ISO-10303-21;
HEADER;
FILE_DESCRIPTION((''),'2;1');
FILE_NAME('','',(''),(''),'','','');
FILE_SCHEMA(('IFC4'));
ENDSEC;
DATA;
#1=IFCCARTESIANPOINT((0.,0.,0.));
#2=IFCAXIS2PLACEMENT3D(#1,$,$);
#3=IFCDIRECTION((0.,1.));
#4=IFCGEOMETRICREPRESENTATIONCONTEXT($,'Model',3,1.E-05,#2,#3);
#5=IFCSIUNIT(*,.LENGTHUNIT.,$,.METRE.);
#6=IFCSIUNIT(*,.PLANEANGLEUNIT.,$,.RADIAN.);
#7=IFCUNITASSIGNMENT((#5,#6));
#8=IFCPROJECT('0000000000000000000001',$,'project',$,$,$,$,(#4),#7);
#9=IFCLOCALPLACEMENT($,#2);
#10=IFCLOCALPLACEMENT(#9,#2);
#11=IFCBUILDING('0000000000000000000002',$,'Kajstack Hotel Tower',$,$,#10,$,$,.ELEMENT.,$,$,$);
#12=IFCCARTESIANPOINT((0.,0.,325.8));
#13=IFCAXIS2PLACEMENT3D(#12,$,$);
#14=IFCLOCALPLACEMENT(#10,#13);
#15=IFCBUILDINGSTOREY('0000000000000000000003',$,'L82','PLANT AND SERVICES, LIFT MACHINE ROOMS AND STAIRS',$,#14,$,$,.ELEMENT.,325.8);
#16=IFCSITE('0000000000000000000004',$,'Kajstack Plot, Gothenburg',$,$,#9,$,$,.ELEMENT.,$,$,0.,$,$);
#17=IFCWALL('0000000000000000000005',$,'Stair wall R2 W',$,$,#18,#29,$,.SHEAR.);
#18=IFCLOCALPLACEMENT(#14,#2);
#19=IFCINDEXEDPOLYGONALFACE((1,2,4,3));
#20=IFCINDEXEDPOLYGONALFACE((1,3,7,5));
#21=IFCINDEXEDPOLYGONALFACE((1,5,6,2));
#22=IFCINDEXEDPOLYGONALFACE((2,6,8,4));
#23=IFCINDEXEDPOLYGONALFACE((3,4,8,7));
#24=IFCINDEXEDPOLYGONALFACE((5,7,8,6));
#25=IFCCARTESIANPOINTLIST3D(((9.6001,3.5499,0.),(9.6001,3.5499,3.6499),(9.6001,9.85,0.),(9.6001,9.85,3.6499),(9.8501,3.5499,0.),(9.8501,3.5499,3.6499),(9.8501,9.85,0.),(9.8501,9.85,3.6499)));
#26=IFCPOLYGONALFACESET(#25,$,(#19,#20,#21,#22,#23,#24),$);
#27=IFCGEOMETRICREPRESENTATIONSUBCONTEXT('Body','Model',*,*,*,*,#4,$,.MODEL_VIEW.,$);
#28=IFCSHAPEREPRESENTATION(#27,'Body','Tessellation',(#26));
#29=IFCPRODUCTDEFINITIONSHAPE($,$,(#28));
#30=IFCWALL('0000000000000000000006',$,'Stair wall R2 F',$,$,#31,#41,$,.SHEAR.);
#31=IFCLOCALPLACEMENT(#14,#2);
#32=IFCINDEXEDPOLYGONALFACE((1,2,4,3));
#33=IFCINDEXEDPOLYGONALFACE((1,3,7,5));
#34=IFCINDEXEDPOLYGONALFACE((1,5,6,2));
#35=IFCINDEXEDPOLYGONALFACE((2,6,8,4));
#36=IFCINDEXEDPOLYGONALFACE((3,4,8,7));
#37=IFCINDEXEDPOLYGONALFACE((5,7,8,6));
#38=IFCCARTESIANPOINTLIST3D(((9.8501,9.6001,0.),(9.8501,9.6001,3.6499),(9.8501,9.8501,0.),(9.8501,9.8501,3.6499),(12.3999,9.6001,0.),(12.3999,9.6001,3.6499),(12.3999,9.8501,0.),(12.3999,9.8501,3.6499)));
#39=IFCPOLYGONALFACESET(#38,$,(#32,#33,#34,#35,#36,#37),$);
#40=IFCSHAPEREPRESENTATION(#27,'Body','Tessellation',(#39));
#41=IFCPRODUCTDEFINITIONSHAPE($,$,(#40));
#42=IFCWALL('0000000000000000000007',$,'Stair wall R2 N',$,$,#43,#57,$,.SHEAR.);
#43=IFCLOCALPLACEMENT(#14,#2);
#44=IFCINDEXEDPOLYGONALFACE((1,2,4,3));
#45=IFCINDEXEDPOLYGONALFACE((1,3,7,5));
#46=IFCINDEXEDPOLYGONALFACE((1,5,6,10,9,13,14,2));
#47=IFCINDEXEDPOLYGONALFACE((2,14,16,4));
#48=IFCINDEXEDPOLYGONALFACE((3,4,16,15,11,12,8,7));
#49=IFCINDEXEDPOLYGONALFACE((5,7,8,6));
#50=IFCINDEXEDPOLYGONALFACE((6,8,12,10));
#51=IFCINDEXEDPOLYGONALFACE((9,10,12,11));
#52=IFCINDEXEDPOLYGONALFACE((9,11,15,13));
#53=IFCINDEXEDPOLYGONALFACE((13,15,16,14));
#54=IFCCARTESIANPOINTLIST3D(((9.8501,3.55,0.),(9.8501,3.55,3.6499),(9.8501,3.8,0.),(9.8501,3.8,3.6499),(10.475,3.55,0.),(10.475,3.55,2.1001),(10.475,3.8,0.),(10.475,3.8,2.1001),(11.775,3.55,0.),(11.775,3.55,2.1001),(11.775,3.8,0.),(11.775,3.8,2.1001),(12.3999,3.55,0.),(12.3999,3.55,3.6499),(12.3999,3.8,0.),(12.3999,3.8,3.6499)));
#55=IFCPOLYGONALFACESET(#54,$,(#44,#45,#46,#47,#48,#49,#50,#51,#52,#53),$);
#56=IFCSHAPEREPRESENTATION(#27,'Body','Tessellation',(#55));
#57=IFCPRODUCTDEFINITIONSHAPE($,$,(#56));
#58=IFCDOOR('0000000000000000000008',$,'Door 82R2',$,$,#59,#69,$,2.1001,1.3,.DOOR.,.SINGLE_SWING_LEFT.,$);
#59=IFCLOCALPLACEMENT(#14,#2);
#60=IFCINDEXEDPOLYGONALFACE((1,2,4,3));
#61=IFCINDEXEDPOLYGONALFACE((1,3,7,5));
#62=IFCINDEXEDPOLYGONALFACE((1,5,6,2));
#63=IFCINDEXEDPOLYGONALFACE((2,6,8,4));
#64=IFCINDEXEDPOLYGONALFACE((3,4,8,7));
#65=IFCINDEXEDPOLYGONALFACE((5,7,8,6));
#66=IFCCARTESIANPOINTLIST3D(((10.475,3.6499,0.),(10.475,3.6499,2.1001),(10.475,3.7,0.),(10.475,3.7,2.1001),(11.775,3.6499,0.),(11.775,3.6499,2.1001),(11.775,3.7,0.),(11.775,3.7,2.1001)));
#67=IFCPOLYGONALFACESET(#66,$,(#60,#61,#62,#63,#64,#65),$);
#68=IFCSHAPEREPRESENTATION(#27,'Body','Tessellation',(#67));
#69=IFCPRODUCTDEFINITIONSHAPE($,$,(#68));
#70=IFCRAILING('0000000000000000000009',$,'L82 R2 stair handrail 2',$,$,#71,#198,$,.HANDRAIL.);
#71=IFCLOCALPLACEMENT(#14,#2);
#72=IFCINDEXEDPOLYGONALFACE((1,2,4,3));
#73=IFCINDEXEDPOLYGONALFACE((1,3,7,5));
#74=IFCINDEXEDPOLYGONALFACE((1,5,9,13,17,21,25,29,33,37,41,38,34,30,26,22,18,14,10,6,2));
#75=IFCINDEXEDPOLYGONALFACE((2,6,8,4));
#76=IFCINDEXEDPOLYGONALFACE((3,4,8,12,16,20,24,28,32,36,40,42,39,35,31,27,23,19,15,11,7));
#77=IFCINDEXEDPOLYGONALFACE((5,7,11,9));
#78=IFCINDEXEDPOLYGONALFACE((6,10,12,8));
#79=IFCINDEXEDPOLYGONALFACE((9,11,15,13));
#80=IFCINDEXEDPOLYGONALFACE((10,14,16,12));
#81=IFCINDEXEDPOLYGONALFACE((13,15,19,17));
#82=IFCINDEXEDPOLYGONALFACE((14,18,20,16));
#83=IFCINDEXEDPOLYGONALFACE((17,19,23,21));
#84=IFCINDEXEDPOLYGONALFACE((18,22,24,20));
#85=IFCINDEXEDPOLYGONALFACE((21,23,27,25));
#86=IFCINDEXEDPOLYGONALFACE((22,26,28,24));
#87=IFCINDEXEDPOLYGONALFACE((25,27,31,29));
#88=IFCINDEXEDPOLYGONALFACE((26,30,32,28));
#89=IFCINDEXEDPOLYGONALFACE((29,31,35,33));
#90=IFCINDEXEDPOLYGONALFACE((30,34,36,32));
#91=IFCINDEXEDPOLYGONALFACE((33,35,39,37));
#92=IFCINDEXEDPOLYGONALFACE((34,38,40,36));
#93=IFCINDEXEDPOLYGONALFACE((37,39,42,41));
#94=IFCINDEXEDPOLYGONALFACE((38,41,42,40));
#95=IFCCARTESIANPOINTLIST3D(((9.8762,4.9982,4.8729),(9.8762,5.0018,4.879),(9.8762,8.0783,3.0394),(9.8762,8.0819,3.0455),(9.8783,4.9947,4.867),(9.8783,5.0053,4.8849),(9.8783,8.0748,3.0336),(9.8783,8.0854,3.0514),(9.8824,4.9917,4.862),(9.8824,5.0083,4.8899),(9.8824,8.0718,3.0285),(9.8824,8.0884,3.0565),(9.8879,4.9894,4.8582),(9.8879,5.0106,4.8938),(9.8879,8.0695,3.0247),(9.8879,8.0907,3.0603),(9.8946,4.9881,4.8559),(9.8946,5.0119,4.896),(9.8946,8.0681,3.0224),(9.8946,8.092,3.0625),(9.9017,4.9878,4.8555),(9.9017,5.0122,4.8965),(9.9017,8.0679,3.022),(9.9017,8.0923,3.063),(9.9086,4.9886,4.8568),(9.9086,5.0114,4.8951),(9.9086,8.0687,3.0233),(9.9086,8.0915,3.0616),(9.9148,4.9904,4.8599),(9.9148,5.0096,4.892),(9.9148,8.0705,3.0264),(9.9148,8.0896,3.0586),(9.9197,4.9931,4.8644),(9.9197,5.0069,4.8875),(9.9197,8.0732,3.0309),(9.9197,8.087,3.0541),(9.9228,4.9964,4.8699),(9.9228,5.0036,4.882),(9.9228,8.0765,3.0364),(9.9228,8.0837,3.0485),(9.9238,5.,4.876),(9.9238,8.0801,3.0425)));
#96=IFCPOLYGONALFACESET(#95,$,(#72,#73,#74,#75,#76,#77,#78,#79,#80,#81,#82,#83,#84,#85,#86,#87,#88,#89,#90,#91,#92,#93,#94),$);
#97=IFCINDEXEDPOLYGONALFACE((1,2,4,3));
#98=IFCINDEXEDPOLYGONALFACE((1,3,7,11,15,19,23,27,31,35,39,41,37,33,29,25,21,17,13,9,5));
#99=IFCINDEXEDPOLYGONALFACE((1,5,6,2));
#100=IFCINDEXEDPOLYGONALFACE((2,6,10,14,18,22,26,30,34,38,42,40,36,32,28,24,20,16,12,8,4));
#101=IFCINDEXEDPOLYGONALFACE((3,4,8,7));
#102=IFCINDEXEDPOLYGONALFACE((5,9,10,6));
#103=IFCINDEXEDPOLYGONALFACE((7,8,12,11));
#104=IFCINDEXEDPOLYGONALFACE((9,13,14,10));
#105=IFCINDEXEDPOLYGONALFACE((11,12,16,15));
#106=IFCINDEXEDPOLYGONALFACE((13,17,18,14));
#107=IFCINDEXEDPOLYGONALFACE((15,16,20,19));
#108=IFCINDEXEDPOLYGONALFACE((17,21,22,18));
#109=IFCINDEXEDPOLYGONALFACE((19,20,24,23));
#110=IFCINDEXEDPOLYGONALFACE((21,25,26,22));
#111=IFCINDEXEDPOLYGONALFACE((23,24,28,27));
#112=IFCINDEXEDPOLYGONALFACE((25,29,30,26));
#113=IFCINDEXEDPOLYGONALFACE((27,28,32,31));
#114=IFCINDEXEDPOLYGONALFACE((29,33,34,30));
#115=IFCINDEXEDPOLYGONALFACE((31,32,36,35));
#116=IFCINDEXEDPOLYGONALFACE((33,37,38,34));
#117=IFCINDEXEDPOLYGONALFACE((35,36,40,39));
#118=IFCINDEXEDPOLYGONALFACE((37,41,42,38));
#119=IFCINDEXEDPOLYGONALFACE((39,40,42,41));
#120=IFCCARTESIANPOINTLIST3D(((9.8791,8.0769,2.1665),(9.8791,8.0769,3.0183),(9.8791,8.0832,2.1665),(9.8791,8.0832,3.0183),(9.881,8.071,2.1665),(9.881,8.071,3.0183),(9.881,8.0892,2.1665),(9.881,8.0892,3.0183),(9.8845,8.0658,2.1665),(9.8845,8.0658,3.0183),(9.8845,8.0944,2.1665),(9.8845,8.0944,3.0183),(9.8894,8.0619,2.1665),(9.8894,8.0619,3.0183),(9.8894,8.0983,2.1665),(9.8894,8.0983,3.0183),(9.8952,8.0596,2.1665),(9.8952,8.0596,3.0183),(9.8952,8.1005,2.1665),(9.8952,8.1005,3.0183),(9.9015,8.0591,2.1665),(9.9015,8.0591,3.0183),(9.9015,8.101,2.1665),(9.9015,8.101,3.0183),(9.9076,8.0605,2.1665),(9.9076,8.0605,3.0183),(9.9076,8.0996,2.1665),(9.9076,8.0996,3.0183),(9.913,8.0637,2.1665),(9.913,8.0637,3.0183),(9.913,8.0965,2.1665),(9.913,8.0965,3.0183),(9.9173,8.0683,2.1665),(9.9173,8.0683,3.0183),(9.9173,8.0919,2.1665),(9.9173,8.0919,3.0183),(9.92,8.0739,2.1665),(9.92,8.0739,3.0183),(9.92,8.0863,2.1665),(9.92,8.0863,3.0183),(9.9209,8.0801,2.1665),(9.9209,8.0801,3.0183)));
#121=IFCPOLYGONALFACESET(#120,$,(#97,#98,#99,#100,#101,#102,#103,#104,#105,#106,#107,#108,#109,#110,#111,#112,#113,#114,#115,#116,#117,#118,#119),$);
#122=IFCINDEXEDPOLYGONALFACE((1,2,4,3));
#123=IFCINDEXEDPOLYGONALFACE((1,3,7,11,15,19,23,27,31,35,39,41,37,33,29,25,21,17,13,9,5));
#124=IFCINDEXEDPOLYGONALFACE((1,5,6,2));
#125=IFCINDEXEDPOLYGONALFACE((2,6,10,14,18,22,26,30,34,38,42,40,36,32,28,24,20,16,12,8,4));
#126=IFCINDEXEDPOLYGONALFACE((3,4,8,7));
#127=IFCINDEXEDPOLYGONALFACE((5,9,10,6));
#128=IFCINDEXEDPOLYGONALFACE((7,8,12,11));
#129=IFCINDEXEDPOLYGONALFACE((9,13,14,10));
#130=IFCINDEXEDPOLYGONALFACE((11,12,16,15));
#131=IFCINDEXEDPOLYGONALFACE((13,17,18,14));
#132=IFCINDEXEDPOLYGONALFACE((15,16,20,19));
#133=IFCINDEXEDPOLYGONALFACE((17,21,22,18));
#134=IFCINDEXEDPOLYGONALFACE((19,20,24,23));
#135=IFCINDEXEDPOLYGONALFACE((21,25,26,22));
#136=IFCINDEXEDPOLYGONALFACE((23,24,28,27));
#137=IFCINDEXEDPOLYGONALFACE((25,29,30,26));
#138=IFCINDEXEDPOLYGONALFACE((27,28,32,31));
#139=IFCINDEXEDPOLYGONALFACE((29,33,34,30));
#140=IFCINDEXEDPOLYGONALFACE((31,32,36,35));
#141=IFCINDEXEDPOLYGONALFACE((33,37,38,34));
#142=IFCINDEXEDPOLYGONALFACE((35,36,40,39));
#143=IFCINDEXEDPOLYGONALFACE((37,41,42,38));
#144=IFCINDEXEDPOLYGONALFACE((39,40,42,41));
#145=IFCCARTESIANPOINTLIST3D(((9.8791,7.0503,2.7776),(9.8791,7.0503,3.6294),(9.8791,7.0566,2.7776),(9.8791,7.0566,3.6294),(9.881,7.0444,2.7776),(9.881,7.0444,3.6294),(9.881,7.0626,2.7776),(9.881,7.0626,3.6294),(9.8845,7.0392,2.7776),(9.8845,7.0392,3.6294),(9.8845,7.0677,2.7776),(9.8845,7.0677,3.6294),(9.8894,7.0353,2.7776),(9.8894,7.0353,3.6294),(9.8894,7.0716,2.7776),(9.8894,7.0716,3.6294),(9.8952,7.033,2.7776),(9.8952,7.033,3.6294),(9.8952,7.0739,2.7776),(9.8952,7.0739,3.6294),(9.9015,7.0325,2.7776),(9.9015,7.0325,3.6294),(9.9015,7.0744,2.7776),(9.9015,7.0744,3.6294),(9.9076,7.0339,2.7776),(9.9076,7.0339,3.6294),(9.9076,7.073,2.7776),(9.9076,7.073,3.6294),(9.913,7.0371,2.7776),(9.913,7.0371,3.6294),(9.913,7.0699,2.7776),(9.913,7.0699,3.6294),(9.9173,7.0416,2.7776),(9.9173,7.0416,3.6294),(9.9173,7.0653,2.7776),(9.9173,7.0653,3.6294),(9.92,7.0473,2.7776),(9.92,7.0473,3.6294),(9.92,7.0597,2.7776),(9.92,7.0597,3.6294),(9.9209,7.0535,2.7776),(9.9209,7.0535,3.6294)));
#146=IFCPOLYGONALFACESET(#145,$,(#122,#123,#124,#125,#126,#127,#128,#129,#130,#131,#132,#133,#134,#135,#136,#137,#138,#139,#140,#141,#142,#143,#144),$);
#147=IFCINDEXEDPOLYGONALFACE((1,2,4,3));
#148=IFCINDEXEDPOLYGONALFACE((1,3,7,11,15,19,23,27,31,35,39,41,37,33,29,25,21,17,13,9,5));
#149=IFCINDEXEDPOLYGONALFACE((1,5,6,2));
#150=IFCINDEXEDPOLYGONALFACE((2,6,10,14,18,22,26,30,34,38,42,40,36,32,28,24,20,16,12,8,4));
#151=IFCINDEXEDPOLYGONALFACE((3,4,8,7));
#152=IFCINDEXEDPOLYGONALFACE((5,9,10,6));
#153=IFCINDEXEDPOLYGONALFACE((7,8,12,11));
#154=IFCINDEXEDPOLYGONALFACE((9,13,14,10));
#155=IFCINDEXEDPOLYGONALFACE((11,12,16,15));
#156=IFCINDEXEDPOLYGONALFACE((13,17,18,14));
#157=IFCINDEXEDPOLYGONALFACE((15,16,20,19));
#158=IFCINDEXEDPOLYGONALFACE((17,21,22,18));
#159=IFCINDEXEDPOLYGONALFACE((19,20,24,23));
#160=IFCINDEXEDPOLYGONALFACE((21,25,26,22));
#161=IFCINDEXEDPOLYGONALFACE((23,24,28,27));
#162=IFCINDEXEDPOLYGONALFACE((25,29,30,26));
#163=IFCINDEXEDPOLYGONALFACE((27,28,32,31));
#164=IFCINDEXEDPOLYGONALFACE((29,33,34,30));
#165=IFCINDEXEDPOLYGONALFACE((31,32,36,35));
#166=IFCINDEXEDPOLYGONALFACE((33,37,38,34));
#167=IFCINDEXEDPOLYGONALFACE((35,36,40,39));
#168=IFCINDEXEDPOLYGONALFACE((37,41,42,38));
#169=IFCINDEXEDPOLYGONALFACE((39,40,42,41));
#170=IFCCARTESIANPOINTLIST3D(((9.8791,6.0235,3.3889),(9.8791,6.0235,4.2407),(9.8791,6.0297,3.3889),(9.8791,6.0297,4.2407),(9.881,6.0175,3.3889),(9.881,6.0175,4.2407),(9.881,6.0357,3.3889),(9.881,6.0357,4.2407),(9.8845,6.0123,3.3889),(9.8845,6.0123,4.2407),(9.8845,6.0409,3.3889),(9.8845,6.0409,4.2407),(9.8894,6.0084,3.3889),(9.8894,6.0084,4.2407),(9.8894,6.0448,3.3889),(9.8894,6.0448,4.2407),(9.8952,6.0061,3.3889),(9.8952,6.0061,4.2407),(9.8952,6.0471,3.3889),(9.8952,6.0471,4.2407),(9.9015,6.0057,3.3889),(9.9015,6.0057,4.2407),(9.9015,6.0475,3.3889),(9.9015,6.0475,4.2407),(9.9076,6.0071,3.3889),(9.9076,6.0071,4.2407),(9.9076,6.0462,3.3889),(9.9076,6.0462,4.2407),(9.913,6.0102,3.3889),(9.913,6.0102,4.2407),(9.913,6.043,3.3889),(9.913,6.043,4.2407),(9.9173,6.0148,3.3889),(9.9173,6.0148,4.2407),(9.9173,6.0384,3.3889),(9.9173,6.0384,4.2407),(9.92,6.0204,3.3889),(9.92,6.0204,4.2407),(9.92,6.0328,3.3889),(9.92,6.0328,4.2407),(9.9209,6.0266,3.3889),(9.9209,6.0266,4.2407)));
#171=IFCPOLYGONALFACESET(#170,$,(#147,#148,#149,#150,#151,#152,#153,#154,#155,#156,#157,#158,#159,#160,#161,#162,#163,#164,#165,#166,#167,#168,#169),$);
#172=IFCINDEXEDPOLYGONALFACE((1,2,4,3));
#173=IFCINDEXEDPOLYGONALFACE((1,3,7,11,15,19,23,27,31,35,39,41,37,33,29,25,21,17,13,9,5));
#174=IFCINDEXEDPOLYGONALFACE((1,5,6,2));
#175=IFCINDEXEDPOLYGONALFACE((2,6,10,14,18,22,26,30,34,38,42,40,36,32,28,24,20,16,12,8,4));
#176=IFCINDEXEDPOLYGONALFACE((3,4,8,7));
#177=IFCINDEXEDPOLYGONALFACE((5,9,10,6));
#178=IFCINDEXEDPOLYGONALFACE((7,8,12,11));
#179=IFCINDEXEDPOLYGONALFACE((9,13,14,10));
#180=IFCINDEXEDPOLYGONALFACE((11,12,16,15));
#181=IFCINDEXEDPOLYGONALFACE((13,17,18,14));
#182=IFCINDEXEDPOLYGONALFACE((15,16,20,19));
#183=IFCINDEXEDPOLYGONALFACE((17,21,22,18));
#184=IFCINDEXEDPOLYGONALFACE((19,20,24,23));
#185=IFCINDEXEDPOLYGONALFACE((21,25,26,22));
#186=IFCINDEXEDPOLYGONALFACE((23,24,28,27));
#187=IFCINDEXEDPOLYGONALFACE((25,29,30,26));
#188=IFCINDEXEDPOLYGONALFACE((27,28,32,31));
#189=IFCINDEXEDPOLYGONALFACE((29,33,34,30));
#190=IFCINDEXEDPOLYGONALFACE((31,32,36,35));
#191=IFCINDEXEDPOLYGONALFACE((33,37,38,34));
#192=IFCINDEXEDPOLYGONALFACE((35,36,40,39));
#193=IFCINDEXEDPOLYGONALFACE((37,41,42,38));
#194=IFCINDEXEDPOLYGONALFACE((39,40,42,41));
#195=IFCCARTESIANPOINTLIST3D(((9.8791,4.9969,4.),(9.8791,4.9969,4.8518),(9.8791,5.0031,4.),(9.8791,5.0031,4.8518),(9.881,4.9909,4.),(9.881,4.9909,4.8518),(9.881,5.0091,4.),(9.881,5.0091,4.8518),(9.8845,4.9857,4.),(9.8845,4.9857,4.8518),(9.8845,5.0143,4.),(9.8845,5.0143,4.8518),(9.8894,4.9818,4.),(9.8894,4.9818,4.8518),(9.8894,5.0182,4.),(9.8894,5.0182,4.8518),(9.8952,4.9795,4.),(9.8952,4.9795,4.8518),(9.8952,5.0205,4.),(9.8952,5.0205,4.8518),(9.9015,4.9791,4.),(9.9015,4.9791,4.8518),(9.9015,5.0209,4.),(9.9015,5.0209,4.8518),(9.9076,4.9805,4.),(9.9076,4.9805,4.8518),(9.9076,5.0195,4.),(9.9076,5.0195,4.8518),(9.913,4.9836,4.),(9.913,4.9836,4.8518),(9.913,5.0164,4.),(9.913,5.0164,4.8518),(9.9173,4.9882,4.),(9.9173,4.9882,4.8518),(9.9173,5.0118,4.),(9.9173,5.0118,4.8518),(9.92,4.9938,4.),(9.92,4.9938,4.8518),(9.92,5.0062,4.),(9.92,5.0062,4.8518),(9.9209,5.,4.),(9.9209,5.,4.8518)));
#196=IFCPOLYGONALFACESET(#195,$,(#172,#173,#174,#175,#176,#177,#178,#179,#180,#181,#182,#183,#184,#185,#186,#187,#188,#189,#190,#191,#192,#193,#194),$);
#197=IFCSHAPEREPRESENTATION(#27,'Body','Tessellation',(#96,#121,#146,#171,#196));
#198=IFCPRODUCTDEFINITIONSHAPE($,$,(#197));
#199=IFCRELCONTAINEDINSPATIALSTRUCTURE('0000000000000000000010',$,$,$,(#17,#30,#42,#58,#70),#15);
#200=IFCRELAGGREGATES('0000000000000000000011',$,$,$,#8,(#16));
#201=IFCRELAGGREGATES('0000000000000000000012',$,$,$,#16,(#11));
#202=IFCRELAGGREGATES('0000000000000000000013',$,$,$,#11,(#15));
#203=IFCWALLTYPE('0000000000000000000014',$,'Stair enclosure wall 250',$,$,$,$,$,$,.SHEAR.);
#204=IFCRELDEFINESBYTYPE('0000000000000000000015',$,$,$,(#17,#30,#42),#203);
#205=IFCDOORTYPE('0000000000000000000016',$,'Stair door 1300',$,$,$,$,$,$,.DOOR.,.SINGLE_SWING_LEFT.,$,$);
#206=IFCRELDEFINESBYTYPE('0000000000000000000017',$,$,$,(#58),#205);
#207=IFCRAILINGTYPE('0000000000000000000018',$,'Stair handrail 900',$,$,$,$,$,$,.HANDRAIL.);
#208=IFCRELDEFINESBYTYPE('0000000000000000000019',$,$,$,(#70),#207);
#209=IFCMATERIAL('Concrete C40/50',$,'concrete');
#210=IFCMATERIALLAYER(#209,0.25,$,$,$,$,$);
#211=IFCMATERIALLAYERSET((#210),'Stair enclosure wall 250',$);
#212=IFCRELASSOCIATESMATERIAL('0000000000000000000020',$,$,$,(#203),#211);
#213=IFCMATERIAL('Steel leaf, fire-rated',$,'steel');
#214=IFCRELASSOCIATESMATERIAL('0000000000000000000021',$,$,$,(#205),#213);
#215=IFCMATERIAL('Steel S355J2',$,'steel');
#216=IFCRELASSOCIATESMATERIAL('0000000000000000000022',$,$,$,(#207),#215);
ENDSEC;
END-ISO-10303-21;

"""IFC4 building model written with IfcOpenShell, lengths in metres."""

from ifc_helpers import new_model, si_unit, direction, frame, frame_2d, origin, origin_2d, place, context, subcontext, project, spatial, rectangle, circle, extrude, material, layer, layer_set, type_object, element, fill, save


model = new_model("IFC4")

# Units and contexts
model_context = context("Model", 3, precision=1e-05, world=origin(), true_north=direction((0.0, 1.0)))
body_context = subcontext(model_context, "Body", "Model", "MODEL_VIEW")
ifc_project = project(units=[si_unit("LENGTHUNIT", "METRE"), si_unit("PLANEANGLEUNIT", "RADIAN")], contexts=[model_context])

# Site, building, storey
site_placement = place(None, origin())
site = spatial("IfcSite", under=ifc_project, at=site_placement, Name="Kajstack Plot, Gothenburg", CompositionType="ELEMENT", RefElevation=0.0)
building_placement = place(site_placement, origin())
building = spatial("IfcBuilding", under=site, at=building_placement, Name="Kajstack Hotel Tower", CompositionType="ELEMENT")
storey_placement = place(building_placement, frame((0.0, 0.0, 325.8)))
storey = spatial("IfcBuildingStorey", under=building, at=storey_placement, Name="L82", Description="PLANT AND SERVICES, LIFT MACHINE ROOMS AND STAIRS", CompositionType="ELEMENT", Elevation=325.8)

# Shared definitions
ifc_material_1 = material(Name="Steel S355J2", Category="steel")

# Walls
ifc_material_2 = material(Name="Concrete C40/50", Category="concrete")
ifc_layer_1 = layer(ifc_material_2, 0.25)
ifc_layer_set_1 = layer_set([ifc_layer_1], Name="Stair enclosure wall 250")
wall_type_1 = type_object("IfcWallType", Name="Stair enclosure wall 250", PredefinedType="SHEAR", material=ifc_layer_set_1)
wall_1_placement = place(storey_placement, frame((9.7251, 3.55, 0.0), z_axis=(0.0, 0.0, 1.0), x_axis=(0.0, 1.0, 0.0)))
element("IfcWall", 1, at=wall_1_placement, inside=storey, type_object=wall_type_1, Name="Stair wall R2 W", PredefinedType="SHEAR", context=body_context, shape_type="SweptSolid", body=[
    extrude(rectangle(XDim=6.3, YDim=0.25, at=frame_2d((3.1499, 0.0))), origin(), (0.0, 0.0, 1.0), 3.6499),
])
wall_2_placement = place(storey_placement, frame((9.8501, 9.7251, 0.0), z_axis=(0.0, 0.0, 1.0), x_axis=(1.0, 0.0, 0.0)))
element("IfcWall", 2, at=wall_2_placement, inside=storey, type_object=wall_type_1, Name="Stair wall R2 F", PredefinedType="SHEAR", context=body_context, shape_type="SweptSolid", body=[
    extrude(rectangle(XDim=2.5498, YDim=0.25, at=frame_2d((1.2749, 0.0))), origin(), (0.0, 0.0, 1.0), 3.6499),
])

# Wall, opening, door
wall_3_placement = place(storey_placement, frame((9.8501, 3.675, 0.0), z_axis=(0.0, 0.0, 1.0), x_axis=(1.0, 0.0, 0.0)))
wall_3 = element("IfcWall", 3, at=wall_3_placement, inside=storey, type_object=wall_type_1, Name="Stair wall R2 N", PredefinedType="SHEAR", context=body_context, shape_type="SweptSolid", body=[
    extrude(rectangle(XDim=2.5498, YDim=0.25, at=frame_2d((1.2749, 0.0))), origin(), (0.0, 0.0, 1.0), 3.6499),
])
opening_1_placement = place(wall_3_placement, frame((0.625, 0.0, 0.0)))
opening_1 = element("IfcOpeningElement", 4, at=opening_1_placement, cuts=wall_3, PredefinedType="OPENING", context=body_context, shape_type="SweptSolid", body=[
    extrude(rectangle(XDim=1.3, YDim=2.1001, at=frame_2d((0.6499, 1.05))), frame((0.0, 0.135, 0.0), z_axis=(0.0, -1.0, 0.0), x_axis=(1.0, 0.0, 0.0)), (0.0, 0.0, 1.0), 0.27),
])
ifc_material_3 = material(Name="Steel leaf, fire-rated", Category="steel")
door_type_1 = type_object("IfcDoorType", Name="Stair door 1300", OperationType="SINGLE_SWING_LEFT", PredefinedType="DOOR", material=ifc_material_3)
door_1_placement = place(opening_1_placement, origin())
door_1 = element("IfcDoor", 5, at=door_1_placement, inside=storey, type_object=door_type_1, Name="Door 82R2", OperationType="SINGLE_SWING_LEFT", OverallHeight=2.1001, OverallWidth=1.3, PredefinedType="DOOR", context=body_context, shape_type="SweptSolid", body=[
    extrude(rectangle(XDim=1.3, YDim=2.1001, at=frame_2d((0.6499, 1.05))), frame((0.0, 0.0249, 0.0), z_axis=(0.0, -1.0, 0.0), x_axis=(1.0, 0.0, 0.0)), (0.0, 0.0, 1.0), 0.05),
])
fill(opening_1, door_1)

# Railing
railing_type = type_object("IfcRailingType", Name="Stair handrail 900", PredefinedType="HANDRAIL", material=ifc_material_1)
railing_placement = place(storey_placement, frame((9.8999, 8.0801, 2.1665)))
element("IfcRailing", 6, at=railing_placement, inside=storey, type_object=railing_type, Name="L82 R2 stair handrail 2", PredefinedType="HANDRAIL", context=body_context, shape_type="SweptSolid", body=[
    extrude(circle(Radius=0.0239, at=origin_2d()), frame((0.0, 0.0, 0.876), z_axis=(0.0, -0.859279, 0.511508), x_axis=(1.0, 0.0, 0.0)), (0.0, 0.0, 1.0), 3.5845),
    extrude(circle(Radius=0.021, at=origin_2d()), origin(), (0.0, 0.0, 1.0), 0.8518),
    extrude(circle(Radius=0.021, at=origin_2d()), frame((0.0, -1.0266, 0.6111)), (0.0, 0.0, 1.0), 0.8518),
    extrude(circle(Radius=0.021, at=origin_2d()), frame((0.0, -2.0535, 1.2224)), (0.0, 0.0, 1.0), 0.8518),
    extrude(circle(Radius=0.021, at=origin_2d()), frame((0.0, -3.0801, 1.8335)), (0.0, 0.0, 1.0), 0.8518),
])

save(model, "model.ifc")
